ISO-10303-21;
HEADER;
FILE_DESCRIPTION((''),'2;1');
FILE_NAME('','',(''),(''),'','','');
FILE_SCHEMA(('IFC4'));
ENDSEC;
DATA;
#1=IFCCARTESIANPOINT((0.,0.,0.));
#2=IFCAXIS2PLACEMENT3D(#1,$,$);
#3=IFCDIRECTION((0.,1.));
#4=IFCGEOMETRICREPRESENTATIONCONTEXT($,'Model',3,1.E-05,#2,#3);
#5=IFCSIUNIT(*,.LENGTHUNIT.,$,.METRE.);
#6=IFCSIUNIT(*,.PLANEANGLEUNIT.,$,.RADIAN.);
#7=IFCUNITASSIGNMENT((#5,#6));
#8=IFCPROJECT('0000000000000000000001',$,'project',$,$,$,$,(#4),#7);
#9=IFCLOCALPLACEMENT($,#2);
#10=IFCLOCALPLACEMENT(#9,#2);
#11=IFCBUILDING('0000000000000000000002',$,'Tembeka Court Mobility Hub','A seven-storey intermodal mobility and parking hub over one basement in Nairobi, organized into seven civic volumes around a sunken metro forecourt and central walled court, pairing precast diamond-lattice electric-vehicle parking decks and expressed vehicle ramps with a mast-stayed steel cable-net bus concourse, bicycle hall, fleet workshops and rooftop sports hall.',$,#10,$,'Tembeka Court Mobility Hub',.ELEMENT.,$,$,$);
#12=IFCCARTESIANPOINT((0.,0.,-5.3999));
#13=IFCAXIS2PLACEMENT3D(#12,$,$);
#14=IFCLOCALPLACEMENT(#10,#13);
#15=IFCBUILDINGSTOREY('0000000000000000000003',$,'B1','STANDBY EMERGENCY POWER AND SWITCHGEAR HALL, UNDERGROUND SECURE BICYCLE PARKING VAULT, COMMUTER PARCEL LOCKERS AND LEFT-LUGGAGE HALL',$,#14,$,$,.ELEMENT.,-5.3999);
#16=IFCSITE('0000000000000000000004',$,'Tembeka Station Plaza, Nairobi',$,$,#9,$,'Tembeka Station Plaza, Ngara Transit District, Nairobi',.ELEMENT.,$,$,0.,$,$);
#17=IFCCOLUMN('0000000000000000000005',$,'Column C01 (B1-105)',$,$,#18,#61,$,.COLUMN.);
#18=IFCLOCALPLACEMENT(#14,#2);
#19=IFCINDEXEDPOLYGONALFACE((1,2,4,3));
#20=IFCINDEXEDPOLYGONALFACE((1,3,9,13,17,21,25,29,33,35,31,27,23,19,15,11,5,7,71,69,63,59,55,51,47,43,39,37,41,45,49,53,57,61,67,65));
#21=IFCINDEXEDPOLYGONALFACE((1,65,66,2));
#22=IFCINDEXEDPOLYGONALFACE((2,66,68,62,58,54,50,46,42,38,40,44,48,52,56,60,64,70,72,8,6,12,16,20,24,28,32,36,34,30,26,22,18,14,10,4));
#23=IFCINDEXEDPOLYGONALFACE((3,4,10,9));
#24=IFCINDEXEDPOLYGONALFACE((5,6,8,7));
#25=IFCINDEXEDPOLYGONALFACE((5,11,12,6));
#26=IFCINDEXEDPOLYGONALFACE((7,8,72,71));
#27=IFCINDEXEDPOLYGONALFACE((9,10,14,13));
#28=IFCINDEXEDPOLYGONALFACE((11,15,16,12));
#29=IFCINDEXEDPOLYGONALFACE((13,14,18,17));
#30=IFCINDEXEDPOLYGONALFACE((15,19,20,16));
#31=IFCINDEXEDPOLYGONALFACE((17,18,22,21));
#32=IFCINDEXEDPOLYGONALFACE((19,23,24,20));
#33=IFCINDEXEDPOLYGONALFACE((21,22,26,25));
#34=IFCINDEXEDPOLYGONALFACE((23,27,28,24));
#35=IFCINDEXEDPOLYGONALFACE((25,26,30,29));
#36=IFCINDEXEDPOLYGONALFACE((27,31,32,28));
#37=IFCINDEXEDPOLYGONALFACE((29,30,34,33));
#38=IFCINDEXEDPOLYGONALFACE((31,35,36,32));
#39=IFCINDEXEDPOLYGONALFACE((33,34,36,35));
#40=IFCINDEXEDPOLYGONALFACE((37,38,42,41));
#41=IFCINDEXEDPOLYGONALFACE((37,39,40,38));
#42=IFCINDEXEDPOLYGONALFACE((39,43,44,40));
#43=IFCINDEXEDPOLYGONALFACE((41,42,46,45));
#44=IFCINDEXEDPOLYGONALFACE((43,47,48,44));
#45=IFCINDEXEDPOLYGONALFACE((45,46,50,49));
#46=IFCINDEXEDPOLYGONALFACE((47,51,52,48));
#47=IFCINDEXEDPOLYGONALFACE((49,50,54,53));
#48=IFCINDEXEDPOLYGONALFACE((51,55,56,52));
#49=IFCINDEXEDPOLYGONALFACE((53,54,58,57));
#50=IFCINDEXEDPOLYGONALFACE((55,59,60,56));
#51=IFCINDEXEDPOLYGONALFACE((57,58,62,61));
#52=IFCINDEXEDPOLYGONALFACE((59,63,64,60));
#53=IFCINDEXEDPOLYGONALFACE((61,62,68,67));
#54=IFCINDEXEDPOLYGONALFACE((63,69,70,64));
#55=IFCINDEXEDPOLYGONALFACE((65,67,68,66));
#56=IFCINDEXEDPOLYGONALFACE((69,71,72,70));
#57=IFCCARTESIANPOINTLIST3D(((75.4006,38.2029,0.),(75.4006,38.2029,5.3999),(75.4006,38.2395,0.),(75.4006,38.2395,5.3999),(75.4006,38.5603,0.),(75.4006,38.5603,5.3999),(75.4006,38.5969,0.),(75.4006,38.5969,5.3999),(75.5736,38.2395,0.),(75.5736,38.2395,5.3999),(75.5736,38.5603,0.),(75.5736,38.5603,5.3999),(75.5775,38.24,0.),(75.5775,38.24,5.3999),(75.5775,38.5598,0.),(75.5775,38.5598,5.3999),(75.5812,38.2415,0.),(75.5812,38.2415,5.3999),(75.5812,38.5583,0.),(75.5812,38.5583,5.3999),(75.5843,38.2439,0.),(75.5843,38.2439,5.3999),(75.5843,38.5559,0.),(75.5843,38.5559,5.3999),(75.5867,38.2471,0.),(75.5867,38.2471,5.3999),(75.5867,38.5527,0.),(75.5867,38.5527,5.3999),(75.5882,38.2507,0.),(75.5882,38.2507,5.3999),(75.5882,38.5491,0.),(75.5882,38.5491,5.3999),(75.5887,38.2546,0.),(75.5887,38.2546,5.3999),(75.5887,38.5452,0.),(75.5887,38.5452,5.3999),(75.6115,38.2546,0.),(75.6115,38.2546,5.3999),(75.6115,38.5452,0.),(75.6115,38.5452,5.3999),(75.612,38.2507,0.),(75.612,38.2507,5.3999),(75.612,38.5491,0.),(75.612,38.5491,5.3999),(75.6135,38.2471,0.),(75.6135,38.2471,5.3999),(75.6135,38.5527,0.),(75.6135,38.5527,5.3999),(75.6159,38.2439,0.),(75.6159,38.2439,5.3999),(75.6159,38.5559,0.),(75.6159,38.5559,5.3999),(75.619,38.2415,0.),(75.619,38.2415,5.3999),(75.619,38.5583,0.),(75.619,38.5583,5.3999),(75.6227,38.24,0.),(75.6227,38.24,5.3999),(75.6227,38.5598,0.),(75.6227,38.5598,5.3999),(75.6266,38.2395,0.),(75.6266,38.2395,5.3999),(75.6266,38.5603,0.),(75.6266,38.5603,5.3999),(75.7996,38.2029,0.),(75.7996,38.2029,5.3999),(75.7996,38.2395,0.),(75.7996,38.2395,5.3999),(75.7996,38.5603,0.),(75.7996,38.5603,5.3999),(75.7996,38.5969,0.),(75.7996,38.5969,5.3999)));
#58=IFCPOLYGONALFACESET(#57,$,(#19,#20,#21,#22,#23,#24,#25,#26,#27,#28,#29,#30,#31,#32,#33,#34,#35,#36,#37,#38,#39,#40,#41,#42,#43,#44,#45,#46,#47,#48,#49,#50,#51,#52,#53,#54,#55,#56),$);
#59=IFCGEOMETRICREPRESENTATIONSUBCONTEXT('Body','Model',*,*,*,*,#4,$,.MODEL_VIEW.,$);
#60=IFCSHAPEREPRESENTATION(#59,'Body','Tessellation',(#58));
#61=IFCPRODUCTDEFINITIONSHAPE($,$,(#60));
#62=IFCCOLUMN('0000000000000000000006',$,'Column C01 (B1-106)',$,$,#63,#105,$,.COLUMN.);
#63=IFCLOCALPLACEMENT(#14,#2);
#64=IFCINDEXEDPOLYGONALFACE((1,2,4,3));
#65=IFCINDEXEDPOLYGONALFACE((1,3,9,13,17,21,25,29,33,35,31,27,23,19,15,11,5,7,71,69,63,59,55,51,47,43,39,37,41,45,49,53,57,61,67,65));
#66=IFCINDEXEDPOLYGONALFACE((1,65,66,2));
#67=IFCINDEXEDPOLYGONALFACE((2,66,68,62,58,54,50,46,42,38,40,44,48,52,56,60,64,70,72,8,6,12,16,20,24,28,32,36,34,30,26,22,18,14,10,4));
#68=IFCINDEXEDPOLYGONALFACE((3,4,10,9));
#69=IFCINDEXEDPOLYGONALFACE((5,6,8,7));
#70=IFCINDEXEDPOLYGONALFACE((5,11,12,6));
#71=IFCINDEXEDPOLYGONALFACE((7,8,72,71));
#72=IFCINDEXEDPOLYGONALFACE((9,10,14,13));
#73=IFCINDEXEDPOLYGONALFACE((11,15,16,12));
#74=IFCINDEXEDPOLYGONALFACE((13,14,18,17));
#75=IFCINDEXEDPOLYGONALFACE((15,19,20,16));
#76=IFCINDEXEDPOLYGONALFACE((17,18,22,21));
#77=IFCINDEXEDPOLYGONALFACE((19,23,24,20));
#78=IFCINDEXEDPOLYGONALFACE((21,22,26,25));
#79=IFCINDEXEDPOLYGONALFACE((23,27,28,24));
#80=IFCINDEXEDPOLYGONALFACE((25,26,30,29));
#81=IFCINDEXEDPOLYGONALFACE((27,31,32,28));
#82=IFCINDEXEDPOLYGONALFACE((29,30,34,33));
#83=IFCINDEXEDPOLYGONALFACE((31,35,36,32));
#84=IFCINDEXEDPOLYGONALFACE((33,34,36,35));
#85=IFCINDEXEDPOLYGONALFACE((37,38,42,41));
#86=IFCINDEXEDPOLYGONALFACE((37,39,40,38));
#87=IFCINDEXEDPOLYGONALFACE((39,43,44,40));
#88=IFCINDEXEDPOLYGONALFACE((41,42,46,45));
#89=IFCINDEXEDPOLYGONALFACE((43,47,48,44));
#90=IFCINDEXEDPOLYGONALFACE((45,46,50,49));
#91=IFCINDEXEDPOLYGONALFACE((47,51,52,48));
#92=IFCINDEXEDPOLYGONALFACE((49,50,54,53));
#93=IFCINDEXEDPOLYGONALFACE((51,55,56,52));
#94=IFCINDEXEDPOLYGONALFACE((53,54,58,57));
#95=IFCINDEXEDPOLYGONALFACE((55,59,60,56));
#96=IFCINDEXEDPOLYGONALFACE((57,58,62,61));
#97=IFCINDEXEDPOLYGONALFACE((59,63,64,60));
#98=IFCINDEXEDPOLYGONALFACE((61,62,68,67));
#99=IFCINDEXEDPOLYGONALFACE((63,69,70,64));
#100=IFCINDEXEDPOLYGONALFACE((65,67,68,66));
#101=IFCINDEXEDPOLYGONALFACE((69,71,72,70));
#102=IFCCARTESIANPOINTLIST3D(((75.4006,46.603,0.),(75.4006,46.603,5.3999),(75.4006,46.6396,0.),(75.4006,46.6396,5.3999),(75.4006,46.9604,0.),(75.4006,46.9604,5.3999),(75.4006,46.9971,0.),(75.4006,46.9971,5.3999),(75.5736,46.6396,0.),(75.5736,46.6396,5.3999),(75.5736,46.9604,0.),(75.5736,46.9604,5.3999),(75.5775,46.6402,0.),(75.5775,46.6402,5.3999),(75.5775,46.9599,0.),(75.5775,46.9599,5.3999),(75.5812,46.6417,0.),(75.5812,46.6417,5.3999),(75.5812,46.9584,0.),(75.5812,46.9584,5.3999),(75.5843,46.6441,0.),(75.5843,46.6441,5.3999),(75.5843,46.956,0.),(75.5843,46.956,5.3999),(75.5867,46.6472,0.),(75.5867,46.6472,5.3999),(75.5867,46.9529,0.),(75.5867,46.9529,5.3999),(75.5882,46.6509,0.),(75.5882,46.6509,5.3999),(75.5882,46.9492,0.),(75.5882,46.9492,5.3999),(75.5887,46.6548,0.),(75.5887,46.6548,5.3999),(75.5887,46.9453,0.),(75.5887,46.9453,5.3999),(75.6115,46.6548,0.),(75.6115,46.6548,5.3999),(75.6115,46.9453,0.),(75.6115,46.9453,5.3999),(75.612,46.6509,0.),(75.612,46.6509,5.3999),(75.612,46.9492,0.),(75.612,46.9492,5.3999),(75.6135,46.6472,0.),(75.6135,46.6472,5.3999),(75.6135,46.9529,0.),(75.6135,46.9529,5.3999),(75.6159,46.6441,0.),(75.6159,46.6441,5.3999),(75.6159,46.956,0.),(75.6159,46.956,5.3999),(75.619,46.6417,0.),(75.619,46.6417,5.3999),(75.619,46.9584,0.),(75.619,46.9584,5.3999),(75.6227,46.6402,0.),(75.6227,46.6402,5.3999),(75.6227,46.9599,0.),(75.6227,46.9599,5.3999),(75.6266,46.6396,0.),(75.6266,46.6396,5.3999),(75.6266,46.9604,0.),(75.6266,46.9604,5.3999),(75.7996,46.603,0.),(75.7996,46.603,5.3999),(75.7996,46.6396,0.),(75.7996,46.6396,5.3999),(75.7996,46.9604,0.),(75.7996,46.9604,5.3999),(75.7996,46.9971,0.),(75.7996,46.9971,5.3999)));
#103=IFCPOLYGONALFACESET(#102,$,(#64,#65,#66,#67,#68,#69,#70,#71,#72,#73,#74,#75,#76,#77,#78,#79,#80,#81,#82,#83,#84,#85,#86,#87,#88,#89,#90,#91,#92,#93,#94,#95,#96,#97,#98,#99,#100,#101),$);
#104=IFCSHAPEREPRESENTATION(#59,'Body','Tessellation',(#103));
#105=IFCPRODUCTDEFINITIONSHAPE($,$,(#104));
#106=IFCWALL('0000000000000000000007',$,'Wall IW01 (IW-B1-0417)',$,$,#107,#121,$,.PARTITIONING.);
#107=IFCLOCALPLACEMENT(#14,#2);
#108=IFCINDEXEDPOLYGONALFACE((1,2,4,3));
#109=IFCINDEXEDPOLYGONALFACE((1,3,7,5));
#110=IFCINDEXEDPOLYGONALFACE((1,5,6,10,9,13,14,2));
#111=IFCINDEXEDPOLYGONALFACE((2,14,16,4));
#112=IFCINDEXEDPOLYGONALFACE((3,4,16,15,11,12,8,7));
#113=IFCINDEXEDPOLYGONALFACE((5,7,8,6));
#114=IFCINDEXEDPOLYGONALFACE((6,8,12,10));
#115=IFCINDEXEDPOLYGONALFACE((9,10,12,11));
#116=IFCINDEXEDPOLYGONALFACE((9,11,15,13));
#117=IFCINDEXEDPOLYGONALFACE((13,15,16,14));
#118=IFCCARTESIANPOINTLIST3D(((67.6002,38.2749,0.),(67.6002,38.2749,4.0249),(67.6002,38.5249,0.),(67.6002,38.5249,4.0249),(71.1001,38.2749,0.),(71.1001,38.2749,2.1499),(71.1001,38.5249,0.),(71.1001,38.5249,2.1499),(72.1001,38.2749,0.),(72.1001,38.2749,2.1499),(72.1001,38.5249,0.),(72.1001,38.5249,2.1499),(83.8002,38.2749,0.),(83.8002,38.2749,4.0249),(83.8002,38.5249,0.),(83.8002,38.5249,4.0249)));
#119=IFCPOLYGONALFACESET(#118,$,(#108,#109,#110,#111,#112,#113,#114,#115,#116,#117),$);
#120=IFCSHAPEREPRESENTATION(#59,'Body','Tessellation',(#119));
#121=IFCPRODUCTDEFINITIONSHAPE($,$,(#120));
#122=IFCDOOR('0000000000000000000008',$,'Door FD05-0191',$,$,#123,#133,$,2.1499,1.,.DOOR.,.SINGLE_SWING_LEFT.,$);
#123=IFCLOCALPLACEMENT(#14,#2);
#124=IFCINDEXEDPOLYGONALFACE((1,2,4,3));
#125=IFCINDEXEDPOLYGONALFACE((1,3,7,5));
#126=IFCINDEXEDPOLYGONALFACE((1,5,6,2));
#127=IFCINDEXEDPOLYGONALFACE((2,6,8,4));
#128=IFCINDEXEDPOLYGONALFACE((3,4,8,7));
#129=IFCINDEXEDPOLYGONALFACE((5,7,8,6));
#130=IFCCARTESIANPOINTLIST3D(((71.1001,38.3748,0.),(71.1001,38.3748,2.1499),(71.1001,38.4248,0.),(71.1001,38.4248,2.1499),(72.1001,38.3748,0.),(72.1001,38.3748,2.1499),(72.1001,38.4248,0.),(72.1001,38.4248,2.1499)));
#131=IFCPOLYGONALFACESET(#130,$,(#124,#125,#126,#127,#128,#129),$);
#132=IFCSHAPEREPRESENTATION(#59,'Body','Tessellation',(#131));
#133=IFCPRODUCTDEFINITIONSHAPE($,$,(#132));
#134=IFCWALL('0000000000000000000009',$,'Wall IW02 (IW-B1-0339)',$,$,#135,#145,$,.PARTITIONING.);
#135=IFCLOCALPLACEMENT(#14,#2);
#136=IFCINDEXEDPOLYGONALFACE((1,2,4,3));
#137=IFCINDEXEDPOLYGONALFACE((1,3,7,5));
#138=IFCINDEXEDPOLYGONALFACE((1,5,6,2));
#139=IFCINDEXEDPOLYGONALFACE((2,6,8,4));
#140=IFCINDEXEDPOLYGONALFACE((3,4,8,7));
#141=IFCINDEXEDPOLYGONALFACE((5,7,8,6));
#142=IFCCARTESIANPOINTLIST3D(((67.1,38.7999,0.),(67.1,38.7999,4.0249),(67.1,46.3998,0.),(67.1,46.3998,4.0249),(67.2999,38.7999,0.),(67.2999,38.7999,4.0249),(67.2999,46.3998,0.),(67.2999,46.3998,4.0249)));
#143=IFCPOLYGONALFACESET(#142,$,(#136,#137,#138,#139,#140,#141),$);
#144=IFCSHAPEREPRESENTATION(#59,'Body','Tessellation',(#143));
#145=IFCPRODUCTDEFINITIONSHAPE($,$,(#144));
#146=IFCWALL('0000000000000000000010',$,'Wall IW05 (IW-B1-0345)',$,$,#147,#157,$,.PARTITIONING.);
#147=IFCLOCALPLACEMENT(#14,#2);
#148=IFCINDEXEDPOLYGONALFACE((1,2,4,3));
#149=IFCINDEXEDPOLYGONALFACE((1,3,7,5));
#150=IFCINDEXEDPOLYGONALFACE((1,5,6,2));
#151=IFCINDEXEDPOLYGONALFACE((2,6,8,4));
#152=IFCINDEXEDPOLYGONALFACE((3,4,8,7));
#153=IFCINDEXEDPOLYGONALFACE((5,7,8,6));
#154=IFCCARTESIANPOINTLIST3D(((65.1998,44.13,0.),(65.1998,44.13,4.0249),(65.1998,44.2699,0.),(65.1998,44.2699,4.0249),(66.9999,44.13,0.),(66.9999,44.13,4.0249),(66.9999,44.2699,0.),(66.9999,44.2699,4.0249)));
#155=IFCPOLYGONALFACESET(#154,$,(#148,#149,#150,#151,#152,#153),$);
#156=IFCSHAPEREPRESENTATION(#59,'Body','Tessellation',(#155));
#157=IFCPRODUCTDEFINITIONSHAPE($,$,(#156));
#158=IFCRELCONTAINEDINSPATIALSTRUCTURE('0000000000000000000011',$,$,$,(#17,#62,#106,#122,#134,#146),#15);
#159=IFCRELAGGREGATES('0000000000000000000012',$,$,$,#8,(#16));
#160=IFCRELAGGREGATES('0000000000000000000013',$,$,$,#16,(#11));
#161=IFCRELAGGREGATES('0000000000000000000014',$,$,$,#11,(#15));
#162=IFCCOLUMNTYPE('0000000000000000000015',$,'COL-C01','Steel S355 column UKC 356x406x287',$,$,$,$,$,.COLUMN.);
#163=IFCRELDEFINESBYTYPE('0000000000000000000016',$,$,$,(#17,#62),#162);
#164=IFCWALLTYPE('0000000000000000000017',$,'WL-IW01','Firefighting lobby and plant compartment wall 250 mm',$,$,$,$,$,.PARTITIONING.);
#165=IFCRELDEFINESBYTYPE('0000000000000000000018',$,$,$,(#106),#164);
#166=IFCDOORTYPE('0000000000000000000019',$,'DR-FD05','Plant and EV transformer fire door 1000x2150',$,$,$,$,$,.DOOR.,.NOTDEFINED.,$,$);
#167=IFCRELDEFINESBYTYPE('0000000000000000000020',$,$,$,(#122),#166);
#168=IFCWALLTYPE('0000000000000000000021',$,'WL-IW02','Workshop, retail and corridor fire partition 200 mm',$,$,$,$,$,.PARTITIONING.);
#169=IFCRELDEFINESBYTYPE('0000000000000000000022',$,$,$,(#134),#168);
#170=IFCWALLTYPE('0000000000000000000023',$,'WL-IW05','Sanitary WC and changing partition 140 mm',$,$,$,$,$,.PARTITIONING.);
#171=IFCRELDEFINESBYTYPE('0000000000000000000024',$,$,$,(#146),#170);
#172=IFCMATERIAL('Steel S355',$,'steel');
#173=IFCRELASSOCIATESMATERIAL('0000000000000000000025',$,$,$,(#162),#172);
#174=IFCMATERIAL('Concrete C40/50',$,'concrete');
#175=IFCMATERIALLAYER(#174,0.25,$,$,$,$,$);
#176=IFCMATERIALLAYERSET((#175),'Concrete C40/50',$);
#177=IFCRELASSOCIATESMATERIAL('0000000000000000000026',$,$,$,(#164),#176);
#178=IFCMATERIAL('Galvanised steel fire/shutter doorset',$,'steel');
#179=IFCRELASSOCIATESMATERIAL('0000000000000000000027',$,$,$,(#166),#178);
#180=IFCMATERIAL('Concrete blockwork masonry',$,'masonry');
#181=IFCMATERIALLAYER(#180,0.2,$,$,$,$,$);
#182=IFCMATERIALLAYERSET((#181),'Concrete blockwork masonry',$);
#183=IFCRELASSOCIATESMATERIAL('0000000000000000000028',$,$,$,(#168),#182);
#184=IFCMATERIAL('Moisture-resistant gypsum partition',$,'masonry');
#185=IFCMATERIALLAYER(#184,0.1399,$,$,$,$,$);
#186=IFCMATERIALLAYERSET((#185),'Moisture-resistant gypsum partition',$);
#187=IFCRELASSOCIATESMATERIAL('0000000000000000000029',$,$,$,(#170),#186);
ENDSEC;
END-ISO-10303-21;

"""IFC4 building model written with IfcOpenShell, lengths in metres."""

from ifc_helpers import new_model, si_unit, direction, frame, frame_2d, origin, origin_2d, place, context, subcontext, project, spatial, rectangle, i_section, extrude, material, layer, layer_set, material_profile, profile_set, type_object, element, fill, save


model = new_model("IFC4")

# Units and contexts
model_context = context("Model", 3, precision=1e-05, world=origin(), true_north=direction((0.0, 1.0)))
body_context = subcontext(model_context, "Body", "Model", "MODEL_VIEW")
ifc_project = project(units=[si_unit("LENGTHUNIT", "METRE"), si_unit("PLANEANGLEUNIT", "RADIAN")], contexts=[model_context])

# Site, building, storey
site_placement = place(None, origin())
site = spatial("IfcSite", under=ifc_project, at=site_placement, Name="Tembeka Station Plaza, Nairobi", LongName="Tembeka Station Plaza, Ngara Transit District, Nairobi", CompositionType="ELEMENT", RefElevation=0.0)
building_placement = place(site_placement, origin())
building = spatial("IfcBuilding", under=site, at=building_placement, Name="Tembeka Court Mobility Hub", Description="A seven-storey intermodal mobility and parking hub over one basement in Nairobi, organized into seven civic volumes around a sunken metro forecourt and central walled court, pairing precast diamond-lattice electric-vehicle parking decks and expressed vehicle ramps with a mast-stayed steel cable-net bus concourse, bicycle hall, fleet workshops and rooftop sports hall.", LongName="Tembeka Court Mobility Hub", CompositionType="ELEMENT")
storey_placement = place(building_placement, frame((0.0, 0.0, -5.3999)))
storey = spatial("IfcBuildingStorey", under=building, at=storey_placement, Name="B1", Description="STANDBY EMERGENCY POWER AND SWITCHGEAR HALL, UNDERGROUND SECURE BICYCLE PARKING VAULT, COMMUTER PARCEL LOCKERS AND LEFT-LUGGAGE HALL", CompositionType="ELEMENT", Elevation=-5.3999)

# Shared definitions
ifc_material_1 = material(Name="Concrete C40/50", Category="concrete")

# Columns
ifc_material_2 = material(Name="Steel S355", Category="steel")
ifc_material_profile_1 = material_profile(ifc_material_2, i_section(OverallWidth=0.3989, OverallDepth=0.394, WebThickness=0.0227, FlangeThickness=0.0366, FilletRadius=0.0151, at=origin_2d()), Name="UKC 356x406x287")
ifc_profile_set_1 = profile_set([ifc_material_profile_1], Name="Steel S355")
column_type = type_object("IfcColumnType", Name="COL-C01", Description="Steel S355 column UKC 356x406x287", PredefinedType="COLUMN", material=ifc_profile_set_1)
for number, where, z_axis, x_axis, name in (
    (1, (75.6001, 38.3999, 0.0), (0.0, 0.0, 1.0), (1.0, 0.0, 0.0), "Column C01 (B1-105)"),
    (2, (75.6001, 46.8, 0.0), (0.0, 0.0, 1.0), (1.0, 0.0, 0.0), "Column C01 (B1-106)"),
):
    element("IfcColumn", number, at=place(storey_placement, frame(where, z_axis=z_axis, x_axis=x_axis)), inside=storey, type_object=column_type, Name=name, PredefinedType="COLUMN", context=body_context, shape_type="SweptSolid", body=[
        extrude(i_section(OverallWidth=0.3989, OverallDepth=0.394, WebThickness=0.0227, FlangeThickness=0.0366, FilletRadius=0.0151, at=origin_2d()), origin(), (0.0, 0.0, 1.0), 5.3999),
    ])

# Wall, opening, door
ifc_layer_1 = layer(ifc_material_1, 0.25)
ifc_layer_set_1 = layer_set([ifc_layer_1], Name="Concrete C40/50")
wall_type_1 = type_object("IfcWallType", Name="WL-IW01", Description="Firefighting lobby and plant compartment wall 250 mm", PredefinedType="PARTITIONING", material=ifc_layer_set_1)
wall_1_placement = place(storey_placement, frame((67.6001, 38.3999, 0.0), z_axis=(0.0, 0.0, 1.0), x_axis=(1.0, 0.0, 0.0)))
wall_1 = element("IfcWall", 3, at=wall_1_placement, inside=storey, type_object=wall_type_1, Name="Wall IW01 (IW-B1-0417)", PredefinedType="PARTITIONING", context=body_context, shape_type="SweptSolid", body=[
    extrude(rectangle(XDim=16.2, YDim=0.25, at=frame_2d((8.1001, 0.0))), origin(), (0.0, 0.0, 1.0), 4.0249),
])
opening_placement = place(wall_1_placement, frame((3.5, 0.0, 0.0)))
opening = element("IfcOpeningElement", 4, at=opening_placement, cuts=wall_1, PredefinedType="OPENING", context=body_context, shape_type="SweptSolid", body=[
    extrude(rectangle(XDim=1.0, YDim=2.1499, at=frame_2d((0.5, 1.075))), frame((0.0, 0.135, 0.0), z_axis=(0.0, -1.0, 0.0), x_axis=(1.0, 0.0, 0.0)), (0.0, 0.0, 1.0), 0.27),
])
ifc_material_3 = material(Name="Galvanised steel fire/shutter doorset", Category="steel")
door_type = type_object("IfcDoorType", Name="DR-FD05", Description="Plant and EV transformer fire door 1000x2150", OperationType="NOTDEFINED", PredefinedType="DOOR", material=ifc_material_3)
door_placement = place(opening_placement, origin())
door = element("IfcDoor", 5, at=door_placement, inside=storey, type_object=door_type, Name="Door FD05-0191", OperationType="SINGLE_SWING_LEFT", OverallHeight=2.1499, OverallWidth=1.0, PredefinedType="DOOR", context=body_context, shape_type="SweptSolid", body=[
    extrude(rectangle(XDim=1.0, YDim=2.1499, at=frame_2d((0.5, 1.075))), frame((0.0, 0.0249, 0.0), z_axis=(0.0, -1.0, 0.0), x_axis=(1.0, 0.0, 0.0)), (0.0, 0.0, 1.0), 0.05),
])
fill(opening, door)

# Walls
ifc_material_4 = material(Name="Concrete blockwork masonry", Category="masonry")
ifc_layer_2 = layer(ifc_material_4, 0.2)
ifc_layer_set_2 = layer_set([ifc_layer_2], Name="Concrete blockwork masonry")
wall_type_2 = type_object("IfcWallType", Name="WL-IW02", Description="Workshop, retail and corridor fire partition 200 mm", PredefinedType="PARTITIONING", material=ifc_layer_set_2)
wall_2_placement = place(storey_placement, frame((67.2, 38.8, 0.0), z_axis=(0.0, 0.0, 1.0), x_axis=(0.0, 1.0, 0.0)))
element("IfcWall", 6, at=wall_2_placement, inside=storey, type_object=wall_type_2, Name="Wall IW02 (IW-B1-0339)", PredefinedType="PARTITIONING", context=body_context, shape_type="SweptSolid", body=[
    extrude(rectangle(XDim=7.5999, YDim=0.2, at=frame_2d((3.7998, 0.0))), origin(), (0.0, 0.0, 1.0), 4.0249),
])
ifc_material_5 = material(Name="Moisture-resistant gypsum partition", Category="masonry")
ifc_layer_3 = layer(ifc_material_5, 0.1399)
ifc_layer_set_3 = layer_set([ifc_layer_3], Name="Moisture-resistant gypsum partition")
wall_type_3 = type_object("IfcWallType", Name="WL-IW05", Description="Sanitary WC and changing partition 140 mm", PredefinedType="PARTITIONING", material=ifc_layer_set_3)
wall_3_placement = place(storey_placement, frame((65.2, 44.2, 0.0), z_axis=(0.0, 0.0, 1.0), x_axis=(1.0, 0.0, 0.0)))
element("IfcWall", 7, at=wall_3_placement, inside=storey, type_object=wall_type_3, Name="Wall IW05 (IW-B1-0345)", PredefinedType="PARTITIONING", context=body_context, shape_type="SweptSolid", body=[
    extrude(rectangle(XDim=1.8, YDim=0.1399, at=frame_2d((0.8999, 0.0))), origin(), (0.0, 0.0, 1.0), 4.0249),
])

save(model, "model.ifc")
